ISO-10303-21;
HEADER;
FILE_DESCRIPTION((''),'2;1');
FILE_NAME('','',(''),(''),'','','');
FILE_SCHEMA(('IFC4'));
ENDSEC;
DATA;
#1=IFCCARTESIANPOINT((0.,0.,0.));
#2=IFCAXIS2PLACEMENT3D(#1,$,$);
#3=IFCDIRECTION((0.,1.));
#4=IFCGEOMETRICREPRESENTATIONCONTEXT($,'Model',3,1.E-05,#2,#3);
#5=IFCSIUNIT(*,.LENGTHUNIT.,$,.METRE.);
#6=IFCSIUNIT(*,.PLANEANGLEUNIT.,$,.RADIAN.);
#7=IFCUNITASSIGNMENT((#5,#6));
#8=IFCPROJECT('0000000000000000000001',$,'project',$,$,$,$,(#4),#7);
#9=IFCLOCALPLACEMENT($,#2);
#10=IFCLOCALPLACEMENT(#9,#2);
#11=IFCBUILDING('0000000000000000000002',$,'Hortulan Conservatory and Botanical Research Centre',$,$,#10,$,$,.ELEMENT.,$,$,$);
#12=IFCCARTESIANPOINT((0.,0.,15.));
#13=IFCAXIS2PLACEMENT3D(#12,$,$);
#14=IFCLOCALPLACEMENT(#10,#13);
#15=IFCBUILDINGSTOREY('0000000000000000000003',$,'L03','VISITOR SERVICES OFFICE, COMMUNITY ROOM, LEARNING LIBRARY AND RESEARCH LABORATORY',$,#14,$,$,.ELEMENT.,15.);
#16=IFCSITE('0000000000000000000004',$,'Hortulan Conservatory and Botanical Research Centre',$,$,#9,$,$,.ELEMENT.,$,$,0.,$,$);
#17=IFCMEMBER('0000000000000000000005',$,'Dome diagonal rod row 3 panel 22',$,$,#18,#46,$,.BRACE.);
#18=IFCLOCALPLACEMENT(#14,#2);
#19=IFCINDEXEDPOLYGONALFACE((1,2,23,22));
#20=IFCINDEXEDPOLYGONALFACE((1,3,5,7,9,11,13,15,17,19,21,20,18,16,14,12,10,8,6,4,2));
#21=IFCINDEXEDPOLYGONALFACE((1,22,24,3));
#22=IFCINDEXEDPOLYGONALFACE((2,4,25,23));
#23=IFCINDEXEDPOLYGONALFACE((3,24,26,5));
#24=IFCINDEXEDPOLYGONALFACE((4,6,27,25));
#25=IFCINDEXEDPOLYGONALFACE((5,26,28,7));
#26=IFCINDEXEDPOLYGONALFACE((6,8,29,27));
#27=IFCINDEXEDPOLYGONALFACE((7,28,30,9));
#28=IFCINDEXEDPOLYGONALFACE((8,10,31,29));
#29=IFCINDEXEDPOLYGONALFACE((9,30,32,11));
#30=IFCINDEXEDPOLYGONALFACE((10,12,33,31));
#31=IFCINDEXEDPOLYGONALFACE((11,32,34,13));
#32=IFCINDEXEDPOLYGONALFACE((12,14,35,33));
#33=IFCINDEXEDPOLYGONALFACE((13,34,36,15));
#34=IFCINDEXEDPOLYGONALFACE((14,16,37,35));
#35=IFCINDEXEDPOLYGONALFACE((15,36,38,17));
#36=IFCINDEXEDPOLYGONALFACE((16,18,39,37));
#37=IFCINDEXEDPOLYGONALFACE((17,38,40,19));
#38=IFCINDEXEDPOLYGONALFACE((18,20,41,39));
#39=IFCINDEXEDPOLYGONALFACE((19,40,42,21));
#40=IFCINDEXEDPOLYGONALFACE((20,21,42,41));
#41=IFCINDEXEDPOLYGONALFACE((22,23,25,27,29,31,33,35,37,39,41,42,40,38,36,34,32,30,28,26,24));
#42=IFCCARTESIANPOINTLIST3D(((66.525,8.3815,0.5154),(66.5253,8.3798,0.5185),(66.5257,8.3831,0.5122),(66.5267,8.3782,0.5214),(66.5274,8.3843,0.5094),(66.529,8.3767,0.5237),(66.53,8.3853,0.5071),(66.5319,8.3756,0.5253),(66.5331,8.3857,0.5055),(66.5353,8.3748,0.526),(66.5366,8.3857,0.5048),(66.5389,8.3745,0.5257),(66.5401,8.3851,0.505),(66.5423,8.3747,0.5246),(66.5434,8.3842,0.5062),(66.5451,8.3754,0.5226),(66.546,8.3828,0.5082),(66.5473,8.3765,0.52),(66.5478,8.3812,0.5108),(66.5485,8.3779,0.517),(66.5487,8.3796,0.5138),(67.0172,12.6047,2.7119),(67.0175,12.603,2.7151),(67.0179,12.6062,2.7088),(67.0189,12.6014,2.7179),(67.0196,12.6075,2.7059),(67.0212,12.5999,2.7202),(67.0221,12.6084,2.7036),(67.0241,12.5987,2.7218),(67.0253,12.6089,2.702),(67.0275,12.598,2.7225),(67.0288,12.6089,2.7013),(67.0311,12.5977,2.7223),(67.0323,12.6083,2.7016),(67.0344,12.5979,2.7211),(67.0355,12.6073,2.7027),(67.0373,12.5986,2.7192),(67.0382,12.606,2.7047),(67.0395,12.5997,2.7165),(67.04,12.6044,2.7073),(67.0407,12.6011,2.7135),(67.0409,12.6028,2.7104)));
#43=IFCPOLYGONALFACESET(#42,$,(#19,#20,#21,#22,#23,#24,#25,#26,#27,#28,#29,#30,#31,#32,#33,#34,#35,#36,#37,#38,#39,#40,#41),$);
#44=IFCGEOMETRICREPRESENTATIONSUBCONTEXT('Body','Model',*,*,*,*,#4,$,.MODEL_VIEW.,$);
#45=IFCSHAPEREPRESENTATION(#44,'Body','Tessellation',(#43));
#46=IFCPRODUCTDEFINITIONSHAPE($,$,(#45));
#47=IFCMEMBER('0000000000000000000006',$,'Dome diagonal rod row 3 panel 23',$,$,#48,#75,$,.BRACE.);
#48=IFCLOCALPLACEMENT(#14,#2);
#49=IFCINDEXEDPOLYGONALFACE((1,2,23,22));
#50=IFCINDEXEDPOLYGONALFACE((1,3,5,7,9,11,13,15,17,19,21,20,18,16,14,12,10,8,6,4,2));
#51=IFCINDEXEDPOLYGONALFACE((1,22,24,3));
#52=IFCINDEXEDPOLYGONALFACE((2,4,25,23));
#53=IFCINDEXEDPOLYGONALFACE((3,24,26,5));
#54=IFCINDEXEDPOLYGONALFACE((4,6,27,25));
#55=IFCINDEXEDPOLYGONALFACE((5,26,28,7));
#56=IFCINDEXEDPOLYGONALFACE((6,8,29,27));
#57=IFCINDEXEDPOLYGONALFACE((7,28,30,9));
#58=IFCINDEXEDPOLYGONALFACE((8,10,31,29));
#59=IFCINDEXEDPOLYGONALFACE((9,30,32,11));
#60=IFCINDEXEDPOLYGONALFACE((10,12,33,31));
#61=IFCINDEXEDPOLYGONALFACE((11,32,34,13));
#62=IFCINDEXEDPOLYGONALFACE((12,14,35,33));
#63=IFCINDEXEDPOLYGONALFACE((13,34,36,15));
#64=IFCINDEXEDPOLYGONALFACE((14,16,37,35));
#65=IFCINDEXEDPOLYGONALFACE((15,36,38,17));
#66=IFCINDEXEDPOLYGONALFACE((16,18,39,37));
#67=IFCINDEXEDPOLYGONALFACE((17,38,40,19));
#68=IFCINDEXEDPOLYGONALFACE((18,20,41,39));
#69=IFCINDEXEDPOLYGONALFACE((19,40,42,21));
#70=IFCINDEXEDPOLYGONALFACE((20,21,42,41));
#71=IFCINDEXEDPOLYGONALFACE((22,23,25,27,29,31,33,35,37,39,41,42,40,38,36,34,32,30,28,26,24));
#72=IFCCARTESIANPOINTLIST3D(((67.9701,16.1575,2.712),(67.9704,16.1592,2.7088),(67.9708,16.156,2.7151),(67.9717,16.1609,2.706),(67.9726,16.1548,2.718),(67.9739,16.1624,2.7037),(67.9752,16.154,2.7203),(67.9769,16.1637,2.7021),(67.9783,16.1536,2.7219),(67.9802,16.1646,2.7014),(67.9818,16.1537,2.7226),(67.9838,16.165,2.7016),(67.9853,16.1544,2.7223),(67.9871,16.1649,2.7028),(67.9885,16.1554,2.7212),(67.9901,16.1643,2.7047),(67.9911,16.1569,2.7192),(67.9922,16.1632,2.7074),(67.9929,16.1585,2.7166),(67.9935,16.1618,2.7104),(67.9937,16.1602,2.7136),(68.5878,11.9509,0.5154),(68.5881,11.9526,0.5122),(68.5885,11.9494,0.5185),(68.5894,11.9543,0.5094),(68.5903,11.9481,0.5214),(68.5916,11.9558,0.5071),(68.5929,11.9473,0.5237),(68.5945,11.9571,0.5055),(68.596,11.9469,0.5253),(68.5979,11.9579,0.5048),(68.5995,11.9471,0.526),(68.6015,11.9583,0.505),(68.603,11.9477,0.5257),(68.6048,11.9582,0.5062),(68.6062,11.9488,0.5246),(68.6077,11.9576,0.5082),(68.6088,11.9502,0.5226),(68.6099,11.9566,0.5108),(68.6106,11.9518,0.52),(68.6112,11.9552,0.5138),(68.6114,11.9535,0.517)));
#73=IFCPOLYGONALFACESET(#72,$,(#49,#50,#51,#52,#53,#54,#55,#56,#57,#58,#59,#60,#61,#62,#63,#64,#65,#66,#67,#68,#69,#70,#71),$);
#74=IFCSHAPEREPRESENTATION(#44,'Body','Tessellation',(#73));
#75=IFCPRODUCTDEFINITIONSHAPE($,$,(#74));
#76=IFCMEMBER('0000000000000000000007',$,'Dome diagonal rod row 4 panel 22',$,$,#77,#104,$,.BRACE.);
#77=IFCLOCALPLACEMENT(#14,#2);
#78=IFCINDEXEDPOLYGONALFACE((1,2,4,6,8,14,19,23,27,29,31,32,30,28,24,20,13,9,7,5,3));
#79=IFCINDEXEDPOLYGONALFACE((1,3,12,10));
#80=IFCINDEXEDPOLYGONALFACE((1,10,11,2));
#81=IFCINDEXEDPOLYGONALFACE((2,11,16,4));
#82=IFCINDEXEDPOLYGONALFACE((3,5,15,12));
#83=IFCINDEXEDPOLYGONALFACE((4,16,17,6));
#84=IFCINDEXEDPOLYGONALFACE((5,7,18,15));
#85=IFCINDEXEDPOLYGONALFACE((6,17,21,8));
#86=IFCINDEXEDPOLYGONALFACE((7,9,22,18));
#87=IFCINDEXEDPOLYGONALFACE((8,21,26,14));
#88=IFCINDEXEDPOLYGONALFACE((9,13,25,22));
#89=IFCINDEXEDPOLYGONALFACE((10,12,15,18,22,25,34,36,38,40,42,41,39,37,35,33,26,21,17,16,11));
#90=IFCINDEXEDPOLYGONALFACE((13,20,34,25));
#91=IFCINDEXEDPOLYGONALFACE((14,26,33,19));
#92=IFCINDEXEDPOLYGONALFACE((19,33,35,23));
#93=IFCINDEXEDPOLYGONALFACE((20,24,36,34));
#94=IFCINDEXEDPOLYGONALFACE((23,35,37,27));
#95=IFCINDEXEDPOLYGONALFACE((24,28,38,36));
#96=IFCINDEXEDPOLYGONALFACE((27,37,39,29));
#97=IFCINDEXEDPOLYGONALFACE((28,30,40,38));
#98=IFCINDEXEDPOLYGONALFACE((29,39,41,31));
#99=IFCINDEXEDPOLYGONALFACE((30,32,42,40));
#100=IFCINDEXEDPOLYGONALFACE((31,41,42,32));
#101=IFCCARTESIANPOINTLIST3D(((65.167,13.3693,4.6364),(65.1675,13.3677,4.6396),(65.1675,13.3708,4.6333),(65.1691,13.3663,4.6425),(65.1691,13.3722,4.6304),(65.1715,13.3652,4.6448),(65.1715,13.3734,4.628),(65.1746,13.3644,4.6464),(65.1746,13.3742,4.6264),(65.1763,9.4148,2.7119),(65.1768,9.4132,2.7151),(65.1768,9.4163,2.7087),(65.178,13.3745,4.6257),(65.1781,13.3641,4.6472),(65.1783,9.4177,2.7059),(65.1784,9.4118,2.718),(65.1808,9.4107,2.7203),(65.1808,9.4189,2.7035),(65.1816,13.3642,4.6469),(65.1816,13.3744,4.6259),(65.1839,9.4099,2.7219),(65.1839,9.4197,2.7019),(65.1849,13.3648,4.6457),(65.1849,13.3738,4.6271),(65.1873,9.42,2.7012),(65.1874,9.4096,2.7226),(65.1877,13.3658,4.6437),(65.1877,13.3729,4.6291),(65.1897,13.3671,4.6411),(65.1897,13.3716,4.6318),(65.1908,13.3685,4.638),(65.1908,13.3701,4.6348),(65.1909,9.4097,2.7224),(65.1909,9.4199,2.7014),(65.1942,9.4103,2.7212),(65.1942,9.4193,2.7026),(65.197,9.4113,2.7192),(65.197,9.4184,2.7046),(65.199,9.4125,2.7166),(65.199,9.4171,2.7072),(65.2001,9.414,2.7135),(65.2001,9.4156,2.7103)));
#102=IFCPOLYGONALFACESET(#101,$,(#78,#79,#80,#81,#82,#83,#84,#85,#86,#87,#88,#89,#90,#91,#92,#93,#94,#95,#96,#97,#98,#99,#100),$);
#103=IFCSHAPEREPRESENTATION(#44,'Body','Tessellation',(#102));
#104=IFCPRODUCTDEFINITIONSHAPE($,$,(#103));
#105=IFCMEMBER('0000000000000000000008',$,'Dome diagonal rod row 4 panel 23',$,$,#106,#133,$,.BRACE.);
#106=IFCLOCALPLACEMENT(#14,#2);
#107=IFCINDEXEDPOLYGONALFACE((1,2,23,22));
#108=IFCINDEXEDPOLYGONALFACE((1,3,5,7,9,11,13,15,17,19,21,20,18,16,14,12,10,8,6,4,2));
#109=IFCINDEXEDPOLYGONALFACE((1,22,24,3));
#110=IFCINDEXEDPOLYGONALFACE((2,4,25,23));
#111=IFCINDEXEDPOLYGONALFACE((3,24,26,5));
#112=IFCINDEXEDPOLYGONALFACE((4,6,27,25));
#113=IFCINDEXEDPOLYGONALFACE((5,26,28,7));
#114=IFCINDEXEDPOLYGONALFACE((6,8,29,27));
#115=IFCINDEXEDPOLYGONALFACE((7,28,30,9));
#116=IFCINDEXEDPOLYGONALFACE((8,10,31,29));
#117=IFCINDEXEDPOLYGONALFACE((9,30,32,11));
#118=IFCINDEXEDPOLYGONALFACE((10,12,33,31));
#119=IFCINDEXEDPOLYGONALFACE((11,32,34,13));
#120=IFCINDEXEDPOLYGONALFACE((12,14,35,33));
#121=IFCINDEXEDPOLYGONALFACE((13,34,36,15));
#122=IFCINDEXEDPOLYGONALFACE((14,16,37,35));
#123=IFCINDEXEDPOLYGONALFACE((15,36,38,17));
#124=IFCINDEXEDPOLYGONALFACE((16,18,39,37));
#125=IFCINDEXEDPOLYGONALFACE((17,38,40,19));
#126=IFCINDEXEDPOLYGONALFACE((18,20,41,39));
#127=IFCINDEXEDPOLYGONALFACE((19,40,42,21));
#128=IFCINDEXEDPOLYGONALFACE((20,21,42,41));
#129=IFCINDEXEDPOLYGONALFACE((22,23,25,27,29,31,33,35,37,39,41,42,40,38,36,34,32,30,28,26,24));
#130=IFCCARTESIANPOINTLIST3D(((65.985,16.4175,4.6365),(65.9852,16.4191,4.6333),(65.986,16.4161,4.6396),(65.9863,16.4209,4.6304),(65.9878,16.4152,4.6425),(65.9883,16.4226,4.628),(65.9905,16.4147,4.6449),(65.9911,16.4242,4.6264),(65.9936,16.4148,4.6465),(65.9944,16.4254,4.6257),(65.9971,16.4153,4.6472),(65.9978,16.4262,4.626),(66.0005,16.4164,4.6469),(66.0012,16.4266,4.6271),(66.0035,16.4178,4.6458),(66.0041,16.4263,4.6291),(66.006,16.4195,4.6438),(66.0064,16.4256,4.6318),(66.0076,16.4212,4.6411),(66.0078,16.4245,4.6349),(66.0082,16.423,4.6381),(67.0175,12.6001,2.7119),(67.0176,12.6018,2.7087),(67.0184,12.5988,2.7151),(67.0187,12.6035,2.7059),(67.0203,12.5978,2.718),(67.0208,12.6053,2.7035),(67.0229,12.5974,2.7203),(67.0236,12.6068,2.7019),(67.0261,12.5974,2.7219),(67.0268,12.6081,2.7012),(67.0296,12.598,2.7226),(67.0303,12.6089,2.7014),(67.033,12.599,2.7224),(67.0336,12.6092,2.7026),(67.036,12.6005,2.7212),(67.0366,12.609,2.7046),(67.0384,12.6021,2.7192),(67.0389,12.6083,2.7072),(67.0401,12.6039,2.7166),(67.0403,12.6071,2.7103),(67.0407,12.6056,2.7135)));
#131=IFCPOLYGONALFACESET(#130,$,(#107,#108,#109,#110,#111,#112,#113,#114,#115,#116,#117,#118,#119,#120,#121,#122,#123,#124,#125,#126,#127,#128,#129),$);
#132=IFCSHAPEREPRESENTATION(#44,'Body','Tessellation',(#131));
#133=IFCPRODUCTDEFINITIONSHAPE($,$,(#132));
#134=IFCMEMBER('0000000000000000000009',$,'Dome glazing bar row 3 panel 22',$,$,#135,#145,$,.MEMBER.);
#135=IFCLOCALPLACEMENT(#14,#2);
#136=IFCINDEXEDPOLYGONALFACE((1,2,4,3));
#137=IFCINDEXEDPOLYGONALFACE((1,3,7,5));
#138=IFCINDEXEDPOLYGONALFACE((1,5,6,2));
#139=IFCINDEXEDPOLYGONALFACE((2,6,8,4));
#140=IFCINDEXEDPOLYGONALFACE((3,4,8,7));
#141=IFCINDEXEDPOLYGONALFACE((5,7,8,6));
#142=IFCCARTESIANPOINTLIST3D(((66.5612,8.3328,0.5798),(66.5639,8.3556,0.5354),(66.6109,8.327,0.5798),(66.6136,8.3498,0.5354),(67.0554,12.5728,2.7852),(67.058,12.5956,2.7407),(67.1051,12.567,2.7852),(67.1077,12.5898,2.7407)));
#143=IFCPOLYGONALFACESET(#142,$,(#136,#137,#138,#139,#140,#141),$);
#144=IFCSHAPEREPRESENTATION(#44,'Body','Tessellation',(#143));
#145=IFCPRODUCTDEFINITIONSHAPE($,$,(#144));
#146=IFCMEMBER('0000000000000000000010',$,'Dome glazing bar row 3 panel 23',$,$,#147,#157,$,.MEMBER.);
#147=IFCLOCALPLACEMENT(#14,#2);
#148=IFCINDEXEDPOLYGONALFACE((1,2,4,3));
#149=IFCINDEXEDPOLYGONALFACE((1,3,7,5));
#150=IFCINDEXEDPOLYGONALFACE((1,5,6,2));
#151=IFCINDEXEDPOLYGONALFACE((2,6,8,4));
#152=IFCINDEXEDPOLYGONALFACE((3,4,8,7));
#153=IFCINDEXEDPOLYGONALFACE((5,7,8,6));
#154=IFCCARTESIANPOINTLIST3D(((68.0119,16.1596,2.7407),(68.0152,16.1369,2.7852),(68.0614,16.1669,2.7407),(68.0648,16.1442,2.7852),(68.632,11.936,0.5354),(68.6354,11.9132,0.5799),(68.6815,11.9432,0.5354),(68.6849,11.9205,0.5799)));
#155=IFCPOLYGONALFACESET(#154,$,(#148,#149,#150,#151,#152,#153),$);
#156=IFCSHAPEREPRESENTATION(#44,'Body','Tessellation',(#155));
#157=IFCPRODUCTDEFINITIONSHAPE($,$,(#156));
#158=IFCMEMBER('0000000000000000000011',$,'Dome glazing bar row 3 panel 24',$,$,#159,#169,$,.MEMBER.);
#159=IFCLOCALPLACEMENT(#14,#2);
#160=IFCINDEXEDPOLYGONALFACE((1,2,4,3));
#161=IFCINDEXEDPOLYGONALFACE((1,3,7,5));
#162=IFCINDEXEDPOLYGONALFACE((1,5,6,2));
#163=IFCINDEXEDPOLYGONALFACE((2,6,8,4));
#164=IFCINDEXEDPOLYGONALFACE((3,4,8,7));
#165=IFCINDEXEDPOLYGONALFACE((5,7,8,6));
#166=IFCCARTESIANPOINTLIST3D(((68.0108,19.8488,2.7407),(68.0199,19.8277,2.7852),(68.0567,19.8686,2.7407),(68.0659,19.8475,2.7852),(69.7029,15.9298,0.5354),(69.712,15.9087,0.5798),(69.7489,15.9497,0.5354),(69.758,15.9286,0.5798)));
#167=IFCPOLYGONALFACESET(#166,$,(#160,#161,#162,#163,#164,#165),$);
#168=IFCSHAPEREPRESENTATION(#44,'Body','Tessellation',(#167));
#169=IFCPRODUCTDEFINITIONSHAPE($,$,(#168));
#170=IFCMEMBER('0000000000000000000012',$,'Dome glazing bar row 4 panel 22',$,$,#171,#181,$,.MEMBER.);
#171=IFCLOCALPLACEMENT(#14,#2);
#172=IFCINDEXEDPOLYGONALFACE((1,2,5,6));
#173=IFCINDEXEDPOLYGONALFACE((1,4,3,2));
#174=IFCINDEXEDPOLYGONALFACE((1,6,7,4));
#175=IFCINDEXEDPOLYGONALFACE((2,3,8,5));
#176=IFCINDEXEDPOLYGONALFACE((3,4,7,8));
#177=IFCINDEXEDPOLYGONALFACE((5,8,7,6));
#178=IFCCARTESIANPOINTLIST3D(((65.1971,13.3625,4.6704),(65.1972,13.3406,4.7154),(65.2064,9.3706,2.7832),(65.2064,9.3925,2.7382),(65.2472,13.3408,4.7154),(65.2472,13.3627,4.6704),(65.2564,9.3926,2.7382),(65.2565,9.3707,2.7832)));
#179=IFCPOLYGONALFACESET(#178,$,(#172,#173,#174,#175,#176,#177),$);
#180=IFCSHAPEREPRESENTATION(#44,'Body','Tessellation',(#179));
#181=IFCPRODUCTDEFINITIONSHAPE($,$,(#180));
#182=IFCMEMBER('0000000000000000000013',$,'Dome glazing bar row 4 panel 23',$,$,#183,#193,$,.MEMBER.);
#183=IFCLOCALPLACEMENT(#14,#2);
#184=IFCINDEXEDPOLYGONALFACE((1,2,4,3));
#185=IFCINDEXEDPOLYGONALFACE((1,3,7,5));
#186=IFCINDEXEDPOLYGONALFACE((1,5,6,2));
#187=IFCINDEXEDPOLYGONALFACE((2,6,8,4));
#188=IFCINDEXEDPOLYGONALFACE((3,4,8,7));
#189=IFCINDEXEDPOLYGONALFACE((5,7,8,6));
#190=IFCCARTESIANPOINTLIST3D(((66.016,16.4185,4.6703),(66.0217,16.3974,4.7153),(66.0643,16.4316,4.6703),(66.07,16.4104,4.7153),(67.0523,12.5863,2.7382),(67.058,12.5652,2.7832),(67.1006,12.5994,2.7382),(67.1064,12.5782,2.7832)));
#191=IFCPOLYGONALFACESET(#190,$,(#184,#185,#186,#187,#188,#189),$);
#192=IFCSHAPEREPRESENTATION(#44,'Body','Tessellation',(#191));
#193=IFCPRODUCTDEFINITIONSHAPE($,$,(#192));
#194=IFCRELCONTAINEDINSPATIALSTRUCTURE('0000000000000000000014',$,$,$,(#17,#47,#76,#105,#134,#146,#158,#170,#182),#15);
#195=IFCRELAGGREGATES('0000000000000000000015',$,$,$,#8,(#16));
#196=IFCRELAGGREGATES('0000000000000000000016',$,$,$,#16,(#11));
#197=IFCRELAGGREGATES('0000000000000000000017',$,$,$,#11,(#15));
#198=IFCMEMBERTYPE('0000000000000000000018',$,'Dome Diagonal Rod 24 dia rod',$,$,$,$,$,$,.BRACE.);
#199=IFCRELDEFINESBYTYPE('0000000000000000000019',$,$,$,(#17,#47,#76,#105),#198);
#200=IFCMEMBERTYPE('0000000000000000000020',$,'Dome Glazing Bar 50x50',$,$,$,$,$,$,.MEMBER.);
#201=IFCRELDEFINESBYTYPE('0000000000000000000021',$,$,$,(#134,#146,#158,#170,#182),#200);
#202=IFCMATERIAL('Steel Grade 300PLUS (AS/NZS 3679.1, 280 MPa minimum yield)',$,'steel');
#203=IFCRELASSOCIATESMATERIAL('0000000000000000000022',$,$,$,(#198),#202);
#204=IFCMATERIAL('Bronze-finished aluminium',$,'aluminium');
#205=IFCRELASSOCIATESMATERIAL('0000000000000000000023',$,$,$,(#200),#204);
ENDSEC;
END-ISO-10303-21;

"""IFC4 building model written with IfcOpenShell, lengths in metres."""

from ifc_helpers import new_model, si_unit, direction, frame, origin, origin_2d, place, context, subcontext, project, spatial, rectangle, circle, extrude, material, material_profile, profile_set, type_object, element, save


model = new_model("IFC4")

# Units and contexts
model_context = context("Model", 3, precision=1e-05, world=origin(), true_north=direction((0.0, 1.0)))
body_context = subcontext(model_context, "Body", "Model", "MODEL_VIEW")
ifc_project = project(units=[si_unit("LENGTHUNIT", "METRE"), si_unit("PLANEANGLEUNIT", "RADIAN")], contexts=[model_context])

# Site, building, storey
site_placement = place(None, origin())
site = spatial("IfcSite", under=ifc_project, at=site_placement, Name="Hortulan Conservatory and Botanical Research Centre", CompositionType="ELEMENT", RefElevation=0.0)
building_placement = place(site_placement, origin())
building = spatial("IfcBuilding", under=site, at=building_placement, Name="Hortulan Conservatory and Botanical Research Centre", CompositionType="ELEMENT")
storey_placement = place(building_placement, frame((0.0, 0.0, 15.0)))
storey = spatial("IfcBuildingStorey", under=building, at=storey_placement, Name="L03", Description="VISITOR SERVICES OFFICE, COMMUNITY ROOM, LEARNING LIBRARY AND RESEARCH LABORATORY", CompositionType="ELEMENT", Elevation=15.0)

# Members
ifc_material_1 = material(Name="Steel Grade 300PLUS (AS/NZS 3679.1, 280 MPa minimum yield)", Category="steel")
ifc_material_profile_1 = material_profile(ifc_material_1, circle(Radius=0.012, at=origin_2d()), Name="24 dia rod")
ifc_profile_set_1 = profile_set([ifc_material_profile_1], Name="Steel Grade 300PLUS (AS/NZS 3679.1, 280 MPa minimum yield)")
member_type_1 = type_object("IfcMemberType", Name="Dome Diagonal Rod 24 dia rod", PredefinedType="BRACE", material=ifc_profile_set_1)
for number, where, z_axis, x_axis, name in (
    (1, (66.5369, 8.3801, 0.5154), (0.102848, 0.882469, 0.458988), (-0.993277, 0.115762, 0.0), "Dome diagonal rod row 3 panel 22"),
    (2, (68.5996, 11.9526, 0.5154), (-0.129072, 0.879013, 0.458995), (-0.989391, -0.145279, 0.0), "Dome diagonal rod row 3 panel 23"),
):
    element("IfcMember", number, at=place(storey_placement, frame(where, z_axis=z_axis, x_axis=x_axis)), inside=storey, type_object=member_type_1, Name=name, PredefinedType="BRACE", context=body_context, shape_type="SweptSolid", body=[
        extrude(circle(Radius=0.012, at=origin_2d()), origin(), (0.0, 0.0, 1.0), 4.7856),
    ])
for number, where, z_axis, x_axis, name in (
    (3, (65.1882, 9.4148, 2.7119), (-0.002109, 0.89917, 0.437595), (-0.999997, -0.002346, 0.0), "Dome diagonal rod row 4 panel 22"),
    (4, (67.0291, 12.6033, 2.7119), (-0.23476, 0.867983, 0.4376), (-0.965316, -0.261085, 0.0), "Dome diagonal rod row 4 panel 23"),
):
    element("IfcMember", number, at=place(storey_placement, frame(where, z_axis=z_axis, x_axis=x_axis)), inside=storey, type_object=member_type_1, Name=name, PredefinedType="BRACE", context=body_context, shape_type="SweptSolid", body=[
        extrude(circle(Radius=0.012, at=origin_2d()), origin(), (0.0, 0.0, 1.0), 4.3979),
    ])
ifc_material_2 = material(Name="Bronze-finished aluminium", Category="aluminium")
ifc_material_profile_2 = material_profile(ifc_material_2, rectangle(XDim=0.05, YDim=0.05, at=origin_2d()), Name="Square bar 50x50")
ifc_profile_set_2 = profile_set([ifc_material_profile_2], Name="Bronze-finished aluminium")
member_type_2 = type_object("IfcMemberType", Name="Dome Glazing Bar 50x50", PredefinedType="MEMBER", material=ifc_profile_set_2)
member_1_placement = place(storey_placement, frame((66.5874, 8.3413, 0.5576), z_axis=(0.102845, 0.882467, 0.458993), x_axis=(-0.993277, 0.115759, 0.0)))
element("IfcMember", 5, at=member_1_placement, inside=storey, type_object=member_type_2, Name="Dome glazing bar row 3 panel 22", PredefinedType="MEMBER", context=body_context, shape_type="SweptSolid", body=[
    extrude(rectangle(XDim=0.05, YDim=0.05, at=origin_2d()), origin(), (0.0, 0.0, 1.0), 4.8047),
])
member_2_placement = place(storey_placement, frame((68.6584, 11.9282, 0.5576), z_axis=(-0.129059, 0.879026, 0.458974), x_axis=(-0.989393, -0.145263, 0.0)))
element("IfcMember", 6, at=member_2_placement, inside=storey, type_object=member_type_2, Name="Dome glazing bar row 3 panel 23", PredefinedType="MEMBER", context=body_context, shape_type="SweptSolid", body=[
    extrude(rectangle(XDim=0.05, YDim=0.05, at=origin_2d()), origin(), (0.0, 0.0, 1.0), 4.8049),
])
member_3_placement = place(storey_placement, frame((69.7305, 15.9292, 0.5576), z_axis=(-0.352186, 0.815652, 0.458995), x_axis=(-0.918074, -0.39641, 0.0)))
element("IfcMember", 7, at=member_3_placement, inside=storey, type_object=member_type_2, Name="Dome glazing bar row 3 panel 24", PredefinedType="MEMBER", context=body_context, shape_type="SweptSolid", body=[
    extrude(rectangle(XDim=0.05, YDim=0.05, at=origin_2d()), origin(), (0.0, 0.0, 1.0), 4.8047),
])
member_4_placement = place(storey_placement, frame((65.2314, 9.3816, 2.7607), z_axis=(-0.002101, 0.899163, 0.43761), x_axis=(-0.999997, -0.002337, 0.0)))
element("IfcMember", 8, at=member_4_placement, inside=storey, type_object=member_type_2, Name="Dome glazing bar row 4 panel 22", PredefinedType="MEMBER", context=body_context, shape_type="SweptSolid", body=[
    extrude(rectangle(XDim=0.05, YDim=0.05, at=origin_2d()), origin(), (0.0, 0.0, 1.0), 4.4153),
])
member_5_placement = place(storey_placement, frame((67.0793, 12.5823, 2.7607), z_axis=(-0.234732, 0.867983, 0.437614), x_axis=(-0.965324, -0.261056, 0.0)))
element("IfcMember", 9, at=member_5_placement, inside=storey, type_object=member_type_2, Name="Dome glazing bar row 4 panel 23", PredefinedType="MEMBER", context=body_context, shape_type="SweptSolid", body=[
    extrude(rectangle(XDim=0.05, YDim=0.05, at=origin_2d()), origin(), (0.0, 0.0, 1.0), 4.415),
])

save(model, "model.ifc")
